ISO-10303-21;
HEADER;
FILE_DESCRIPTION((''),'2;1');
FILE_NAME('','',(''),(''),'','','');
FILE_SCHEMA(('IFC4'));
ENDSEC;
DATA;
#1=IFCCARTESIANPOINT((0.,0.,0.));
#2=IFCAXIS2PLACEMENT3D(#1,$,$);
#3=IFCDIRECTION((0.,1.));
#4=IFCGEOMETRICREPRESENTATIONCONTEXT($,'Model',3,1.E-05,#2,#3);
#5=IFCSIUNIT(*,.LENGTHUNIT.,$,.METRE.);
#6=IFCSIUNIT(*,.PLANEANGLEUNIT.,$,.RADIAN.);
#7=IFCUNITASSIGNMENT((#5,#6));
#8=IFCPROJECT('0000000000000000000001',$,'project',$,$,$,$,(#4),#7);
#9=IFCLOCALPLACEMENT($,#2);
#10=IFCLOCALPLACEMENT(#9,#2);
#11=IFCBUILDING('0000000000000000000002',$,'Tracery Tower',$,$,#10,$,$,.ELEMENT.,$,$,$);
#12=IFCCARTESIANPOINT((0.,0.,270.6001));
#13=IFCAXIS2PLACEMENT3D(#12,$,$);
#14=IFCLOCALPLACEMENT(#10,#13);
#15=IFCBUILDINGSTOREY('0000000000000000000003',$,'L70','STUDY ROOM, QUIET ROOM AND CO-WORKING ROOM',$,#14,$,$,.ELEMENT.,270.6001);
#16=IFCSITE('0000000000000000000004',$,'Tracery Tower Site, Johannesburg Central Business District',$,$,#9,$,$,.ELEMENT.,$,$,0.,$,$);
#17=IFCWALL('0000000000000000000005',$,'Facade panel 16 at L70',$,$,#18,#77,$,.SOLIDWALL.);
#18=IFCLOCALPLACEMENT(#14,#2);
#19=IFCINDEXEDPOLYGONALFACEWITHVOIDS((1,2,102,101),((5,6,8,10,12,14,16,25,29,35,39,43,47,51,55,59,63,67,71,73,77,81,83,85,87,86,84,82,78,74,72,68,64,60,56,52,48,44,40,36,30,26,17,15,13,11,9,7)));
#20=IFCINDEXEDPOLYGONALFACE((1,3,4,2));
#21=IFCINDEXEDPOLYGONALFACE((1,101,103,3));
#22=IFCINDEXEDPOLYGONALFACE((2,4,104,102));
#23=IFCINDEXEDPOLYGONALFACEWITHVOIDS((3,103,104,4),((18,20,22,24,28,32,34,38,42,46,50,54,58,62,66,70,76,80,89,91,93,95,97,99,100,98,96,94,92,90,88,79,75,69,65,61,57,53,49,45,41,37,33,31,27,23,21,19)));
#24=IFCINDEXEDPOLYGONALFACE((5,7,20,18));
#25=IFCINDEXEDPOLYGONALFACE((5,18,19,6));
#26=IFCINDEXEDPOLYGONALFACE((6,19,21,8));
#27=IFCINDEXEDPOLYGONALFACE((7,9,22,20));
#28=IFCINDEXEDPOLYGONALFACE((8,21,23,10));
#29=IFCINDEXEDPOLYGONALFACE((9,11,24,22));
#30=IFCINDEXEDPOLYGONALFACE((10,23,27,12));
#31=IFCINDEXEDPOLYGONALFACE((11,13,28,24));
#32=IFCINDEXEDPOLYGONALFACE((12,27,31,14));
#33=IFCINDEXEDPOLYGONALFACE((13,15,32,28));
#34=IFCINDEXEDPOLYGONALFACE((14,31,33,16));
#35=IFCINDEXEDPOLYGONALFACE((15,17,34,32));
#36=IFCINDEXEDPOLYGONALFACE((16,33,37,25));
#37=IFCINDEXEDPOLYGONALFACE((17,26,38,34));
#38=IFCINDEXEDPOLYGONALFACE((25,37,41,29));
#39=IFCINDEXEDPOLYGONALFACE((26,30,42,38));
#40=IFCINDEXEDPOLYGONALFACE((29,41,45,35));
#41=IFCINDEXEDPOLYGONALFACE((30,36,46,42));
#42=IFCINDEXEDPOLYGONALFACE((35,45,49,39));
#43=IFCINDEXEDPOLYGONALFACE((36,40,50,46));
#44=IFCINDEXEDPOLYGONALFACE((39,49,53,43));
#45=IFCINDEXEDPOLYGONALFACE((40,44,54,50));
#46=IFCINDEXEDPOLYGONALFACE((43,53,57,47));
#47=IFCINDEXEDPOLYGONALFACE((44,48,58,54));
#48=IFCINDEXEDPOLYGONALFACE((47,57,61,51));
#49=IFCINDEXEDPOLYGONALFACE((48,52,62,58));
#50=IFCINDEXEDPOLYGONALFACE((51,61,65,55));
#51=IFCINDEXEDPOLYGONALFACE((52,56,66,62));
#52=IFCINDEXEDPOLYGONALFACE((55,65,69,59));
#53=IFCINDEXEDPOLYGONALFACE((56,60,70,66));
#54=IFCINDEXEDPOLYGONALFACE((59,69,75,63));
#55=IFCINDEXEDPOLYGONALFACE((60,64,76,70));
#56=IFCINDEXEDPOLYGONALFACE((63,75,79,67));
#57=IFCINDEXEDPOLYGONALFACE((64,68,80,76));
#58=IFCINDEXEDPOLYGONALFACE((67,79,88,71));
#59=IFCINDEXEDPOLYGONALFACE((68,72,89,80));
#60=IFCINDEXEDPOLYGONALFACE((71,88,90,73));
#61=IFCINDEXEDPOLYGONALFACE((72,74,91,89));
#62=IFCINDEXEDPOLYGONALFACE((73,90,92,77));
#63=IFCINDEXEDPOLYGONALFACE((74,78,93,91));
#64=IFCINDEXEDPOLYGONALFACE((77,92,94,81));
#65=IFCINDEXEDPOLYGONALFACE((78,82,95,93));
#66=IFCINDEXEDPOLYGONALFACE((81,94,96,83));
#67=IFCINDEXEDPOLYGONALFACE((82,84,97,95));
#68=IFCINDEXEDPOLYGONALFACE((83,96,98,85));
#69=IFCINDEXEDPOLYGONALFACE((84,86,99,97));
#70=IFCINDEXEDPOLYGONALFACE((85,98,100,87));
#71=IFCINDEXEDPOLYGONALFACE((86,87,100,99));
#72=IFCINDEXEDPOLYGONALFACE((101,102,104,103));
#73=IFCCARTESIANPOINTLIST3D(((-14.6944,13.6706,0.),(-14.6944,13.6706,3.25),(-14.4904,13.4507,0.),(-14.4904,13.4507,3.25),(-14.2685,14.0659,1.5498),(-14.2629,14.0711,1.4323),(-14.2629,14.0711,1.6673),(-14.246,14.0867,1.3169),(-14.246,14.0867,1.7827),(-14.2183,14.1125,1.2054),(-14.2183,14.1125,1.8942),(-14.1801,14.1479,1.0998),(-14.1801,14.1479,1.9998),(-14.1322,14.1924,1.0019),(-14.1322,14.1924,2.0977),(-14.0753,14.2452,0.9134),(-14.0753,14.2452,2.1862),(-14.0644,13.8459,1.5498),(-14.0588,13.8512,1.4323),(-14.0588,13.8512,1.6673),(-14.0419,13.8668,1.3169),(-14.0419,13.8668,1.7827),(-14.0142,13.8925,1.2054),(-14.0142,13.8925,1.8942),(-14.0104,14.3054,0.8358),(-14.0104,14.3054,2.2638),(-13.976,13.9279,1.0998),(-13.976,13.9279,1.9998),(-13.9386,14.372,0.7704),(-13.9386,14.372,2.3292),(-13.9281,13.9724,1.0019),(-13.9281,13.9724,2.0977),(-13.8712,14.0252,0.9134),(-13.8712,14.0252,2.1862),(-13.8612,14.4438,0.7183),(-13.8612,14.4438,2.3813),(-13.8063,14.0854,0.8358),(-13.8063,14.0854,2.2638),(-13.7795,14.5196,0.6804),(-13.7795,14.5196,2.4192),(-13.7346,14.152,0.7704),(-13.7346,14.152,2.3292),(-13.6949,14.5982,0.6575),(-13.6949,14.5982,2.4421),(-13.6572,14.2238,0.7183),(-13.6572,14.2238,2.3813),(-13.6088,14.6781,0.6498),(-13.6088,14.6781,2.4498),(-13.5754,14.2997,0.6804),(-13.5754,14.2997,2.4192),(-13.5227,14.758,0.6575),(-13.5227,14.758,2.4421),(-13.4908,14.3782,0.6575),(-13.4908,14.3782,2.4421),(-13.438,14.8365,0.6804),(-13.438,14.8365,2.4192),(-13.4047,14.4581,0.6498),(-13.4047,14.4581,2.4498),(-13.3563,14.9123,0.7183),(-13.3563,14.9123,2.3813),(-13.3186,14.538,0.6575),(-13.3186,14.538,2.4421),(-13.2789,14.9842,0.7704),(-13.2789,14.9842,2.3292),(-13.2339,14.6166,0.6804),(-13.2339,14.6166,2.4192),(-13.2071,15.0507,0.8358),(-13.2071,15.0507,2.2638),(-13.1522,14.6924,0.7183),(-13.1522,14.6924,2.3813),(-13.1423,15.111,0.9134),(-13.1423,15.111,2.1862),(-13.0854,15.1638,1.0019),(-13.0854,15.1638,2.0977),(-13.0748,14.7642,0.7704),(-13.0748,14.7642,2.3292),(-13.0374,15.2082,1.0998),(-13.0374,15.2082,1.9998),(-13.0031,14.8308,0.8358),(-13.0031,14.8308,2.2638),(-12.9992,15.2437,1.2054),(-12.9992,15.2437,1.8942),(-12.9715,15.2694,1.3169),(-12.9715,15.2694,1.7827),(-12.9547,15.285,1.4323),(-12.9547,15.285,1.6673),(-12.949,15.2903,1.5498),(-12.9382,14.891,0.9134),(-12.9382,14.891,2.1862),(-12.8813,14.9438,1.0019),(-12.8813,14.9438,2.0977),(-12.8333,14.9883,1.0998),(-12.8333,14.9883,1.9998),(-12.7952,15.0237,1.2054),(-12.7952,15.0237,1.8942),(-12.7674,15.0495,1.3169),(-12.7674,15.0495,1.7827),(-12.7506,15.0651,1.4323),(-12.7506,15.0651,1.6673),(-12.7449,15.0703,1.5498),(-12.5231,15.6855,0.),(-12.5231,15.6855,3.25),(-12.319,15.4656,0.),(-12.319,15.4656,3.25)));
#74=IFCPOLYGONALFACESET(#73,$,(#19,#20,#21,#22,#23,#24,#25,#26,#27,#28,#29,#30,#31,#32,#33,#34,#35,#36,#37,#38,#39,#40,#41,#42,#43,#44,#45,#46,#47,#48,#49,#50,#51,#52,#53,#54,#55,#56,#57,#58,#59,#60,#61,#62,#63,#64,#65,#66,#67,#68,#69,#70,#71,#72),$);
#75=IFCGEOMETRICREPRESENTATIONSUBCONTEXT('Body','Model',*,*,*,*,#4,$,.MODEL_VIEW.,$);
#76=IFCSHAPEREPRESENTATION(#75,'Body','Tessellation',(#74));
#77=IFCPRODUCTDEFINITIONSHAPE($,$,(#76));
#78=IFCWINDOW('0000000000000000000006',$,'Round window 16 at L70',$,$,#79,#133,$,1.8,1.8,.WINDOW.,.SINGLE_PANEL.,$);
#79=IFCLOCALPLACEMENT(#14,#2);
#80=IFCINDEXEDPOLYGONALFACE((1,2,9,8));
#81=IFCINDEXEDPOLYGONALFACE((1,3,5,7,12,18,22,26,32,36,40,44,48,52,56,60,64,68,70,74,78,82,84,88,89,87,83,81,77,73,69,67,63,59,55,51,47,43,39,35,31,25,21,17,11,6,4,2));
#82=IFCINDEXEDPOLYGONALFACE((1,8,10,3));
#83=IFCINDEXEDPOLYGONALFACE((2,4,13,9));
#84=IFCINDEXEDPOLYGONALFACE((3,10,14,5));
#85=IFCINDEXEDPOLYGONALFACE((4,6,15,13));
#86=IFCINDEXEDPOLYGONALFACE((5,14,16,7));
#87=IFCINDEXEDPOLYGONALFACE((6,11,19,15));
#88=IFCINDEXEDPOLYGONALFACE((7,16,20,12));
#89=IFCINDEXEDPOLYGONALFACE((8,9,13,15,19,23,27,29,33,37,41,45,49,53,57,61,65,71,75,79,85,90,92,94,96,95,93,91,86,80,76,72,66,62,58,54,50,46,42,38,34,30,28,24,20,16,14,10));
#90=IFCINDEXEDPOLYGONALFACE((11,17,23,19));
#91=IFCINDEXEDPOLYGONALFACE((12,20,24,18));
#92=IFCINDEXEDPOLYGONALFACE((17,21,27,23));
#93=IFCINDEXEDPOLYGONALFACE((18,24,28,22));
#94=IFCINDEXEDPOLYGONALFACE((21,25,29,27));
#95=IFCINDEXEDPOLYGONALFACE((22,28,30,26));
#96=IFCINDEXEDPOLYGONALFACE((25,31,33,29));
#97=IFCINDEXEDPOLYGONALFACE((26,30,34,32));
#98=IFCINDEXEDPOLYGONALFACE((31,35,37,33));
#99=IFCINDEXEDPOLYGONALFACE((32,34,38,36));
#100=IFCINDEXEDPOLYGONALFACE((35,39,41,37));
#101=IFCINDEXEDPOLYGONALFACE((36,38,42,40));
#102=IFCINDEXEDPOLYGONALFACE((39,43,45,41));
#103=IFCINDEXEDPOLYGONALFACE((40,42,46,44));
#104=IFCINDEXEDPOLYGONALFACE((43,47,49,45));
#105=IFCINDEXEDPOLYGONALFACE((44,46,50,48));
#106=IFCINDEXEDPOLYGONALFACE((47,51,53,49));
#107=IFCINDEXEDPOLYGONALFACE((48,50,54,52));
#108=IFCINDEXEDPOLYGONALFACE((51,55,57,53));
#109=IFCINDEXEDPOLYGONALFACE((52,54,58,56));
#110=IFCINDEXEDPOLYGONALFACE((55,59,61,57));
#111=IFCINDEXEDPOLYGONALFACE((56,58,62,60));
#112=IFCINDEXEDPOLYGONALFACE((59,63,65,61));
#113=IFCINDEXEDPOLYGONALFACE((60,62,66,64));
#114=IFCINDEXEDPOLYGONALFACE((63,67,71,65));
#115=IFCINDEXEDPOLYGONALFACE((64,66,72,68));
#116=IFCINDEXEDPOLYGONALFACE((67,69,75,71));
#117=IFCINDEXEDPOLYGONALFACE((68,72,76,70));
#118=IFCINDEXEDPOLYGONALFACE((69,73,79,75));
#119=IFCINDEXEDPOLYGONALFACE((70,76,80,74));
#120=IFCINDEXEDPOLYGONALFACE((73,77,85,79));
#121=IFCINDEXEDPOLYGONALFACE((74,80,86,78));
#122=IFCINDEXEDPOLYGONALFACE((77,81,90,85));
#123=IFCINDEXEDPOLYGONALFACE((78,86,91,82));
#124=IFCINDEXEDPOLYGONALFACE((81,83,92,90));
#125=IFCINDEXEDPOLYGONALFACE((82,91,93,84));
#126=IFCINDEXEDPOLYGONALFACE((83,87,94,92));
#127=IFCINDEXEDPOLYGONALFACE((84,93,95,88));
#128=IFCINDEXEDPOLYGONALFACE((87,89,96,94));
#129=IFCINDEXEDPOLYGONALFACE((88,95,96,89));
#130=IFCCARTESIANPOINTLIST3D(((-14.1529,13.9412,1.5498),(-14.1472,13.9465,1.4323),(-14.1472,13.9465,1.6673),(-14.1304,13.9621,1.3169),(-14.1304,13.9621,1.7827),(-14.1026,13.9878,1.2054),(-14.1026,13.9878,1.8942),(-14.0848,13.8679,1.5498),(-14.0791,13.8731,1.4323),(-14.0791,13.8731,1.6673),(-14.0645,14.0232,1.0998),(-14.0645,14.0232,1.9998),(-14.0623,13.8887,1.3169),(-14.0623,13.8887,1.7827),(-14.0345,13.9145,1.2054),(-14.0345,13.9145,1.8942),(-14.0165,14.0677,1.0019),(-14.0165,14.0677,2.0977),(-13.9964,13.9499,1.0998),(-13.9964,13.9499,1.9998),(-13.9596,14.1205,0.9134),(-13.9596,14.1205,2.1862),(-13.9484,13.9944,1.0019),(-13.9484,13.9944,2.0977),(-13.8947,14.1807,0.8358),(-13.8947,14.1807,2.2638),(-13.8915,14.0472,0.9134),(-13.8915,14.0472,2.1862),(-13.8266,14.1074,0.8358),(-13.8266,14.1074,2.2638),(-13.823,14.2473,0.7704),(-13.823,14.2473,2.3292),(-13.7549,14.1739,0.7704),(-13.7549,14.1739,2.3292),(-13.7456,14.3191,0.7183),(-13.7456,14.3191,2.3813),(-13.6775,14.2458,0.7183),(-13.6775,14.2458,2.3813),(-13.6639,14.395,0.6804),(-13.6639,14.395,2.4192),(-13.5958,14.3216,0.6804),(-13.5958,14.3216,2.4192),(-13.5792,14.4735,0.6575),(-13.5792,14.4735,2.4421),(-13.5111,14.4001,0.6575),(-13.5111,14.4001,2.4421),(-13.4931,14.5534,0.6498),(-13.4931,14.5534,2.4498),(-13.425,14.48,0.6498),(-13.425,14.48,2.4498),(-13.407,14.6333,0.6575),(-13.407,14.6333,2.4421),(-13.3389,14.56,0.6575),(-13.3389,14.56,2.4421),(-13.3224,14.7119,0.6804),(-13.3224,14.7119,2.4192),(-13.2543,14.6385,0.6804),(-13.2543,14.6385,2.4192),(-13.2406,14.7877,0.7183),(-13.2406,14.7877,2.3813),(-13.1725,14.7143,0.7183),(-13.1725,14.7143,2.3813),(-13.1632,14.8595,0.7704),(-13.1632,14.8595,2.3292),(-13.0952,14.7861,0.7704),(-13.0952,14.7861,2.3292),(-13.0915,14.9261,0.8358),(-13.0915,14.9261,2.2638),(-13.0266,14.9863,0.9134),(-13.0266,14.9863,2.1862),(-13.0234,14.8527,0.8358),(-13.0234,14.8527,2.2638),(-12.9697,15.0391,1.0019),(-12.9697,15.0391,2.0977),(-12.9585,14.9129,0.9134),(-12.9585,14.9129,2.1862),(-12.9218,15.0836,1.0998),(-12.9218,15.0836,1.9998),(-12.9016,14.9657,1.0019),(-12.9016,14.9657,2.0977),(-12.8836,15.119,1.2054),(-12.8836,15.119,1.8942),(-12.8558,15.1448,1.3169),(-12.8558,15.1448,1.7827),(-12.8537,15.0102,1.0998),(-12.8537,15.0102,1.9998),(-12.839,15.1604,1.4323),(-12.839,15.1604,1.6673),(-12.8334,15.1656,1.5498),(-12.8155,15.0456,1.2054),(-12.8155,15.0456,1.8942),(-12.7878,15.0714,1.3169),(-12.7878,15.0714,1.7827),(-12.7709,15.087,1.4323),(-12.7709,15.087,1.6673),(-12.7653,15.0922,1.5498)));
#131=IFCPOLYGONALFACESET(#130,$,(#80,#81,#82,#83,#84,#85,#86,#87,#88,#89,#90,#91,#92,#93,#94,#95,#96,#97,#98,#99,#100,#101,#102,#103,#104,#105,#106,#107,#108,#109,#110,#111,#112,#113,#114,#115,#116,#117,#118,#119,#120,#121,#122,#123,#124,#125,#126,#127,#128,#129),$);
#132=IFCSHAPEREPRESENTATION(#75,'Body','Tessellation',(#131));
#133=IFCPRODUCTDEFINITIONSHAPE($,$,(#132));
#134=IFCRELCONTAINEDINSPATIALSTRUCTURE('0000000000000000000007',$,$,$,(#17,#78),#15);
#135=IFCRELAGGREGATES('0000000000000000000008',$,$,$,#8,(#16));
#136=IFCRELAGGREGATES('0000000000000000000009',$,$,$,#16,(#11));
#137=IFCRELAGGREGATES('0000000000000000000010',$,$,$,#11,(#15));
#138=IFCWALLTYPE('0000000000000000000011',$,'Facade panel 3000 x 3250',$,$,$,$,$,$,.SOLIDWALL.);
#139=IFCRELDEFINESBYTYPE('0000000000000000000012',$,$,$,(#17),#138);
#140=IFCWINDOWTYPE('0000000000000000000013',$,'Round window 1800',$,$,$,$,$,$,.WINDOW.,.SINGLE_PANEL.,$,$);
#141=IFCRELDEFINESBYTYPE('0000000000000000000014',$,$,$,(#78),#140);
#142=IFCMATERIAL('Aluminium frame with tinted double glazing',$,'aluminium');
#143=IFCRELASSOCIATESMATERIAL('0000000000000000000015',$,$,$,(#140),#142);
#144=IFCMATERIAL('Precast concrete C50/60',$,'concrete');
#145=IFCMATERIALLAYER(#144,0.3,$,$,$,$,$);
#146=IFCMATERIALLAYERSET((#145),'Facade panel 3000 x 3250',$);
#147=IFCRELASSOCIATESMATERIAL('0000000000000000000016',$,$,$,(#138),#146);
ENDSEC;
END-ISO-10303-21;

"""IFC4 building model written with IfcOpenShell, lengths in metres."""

from ifc_helpers import new_model, si_unit, direction, frame, frame_2d, origin, origin_2d, place, context, subcontext, project, spatial, rectangle, circle, extrude, material, layer, layer_set, type_object, element, fill, save


model = new_model("IFC4")

# Units and contexts
model_context = context("Model", 3, precision=1e-05, world=origin(), true_north=direction((0.0, 1.0)))
body_context = subcontext(model_context, "Body", "Model", "MODEL_VIEW")
ifc_project = project(units=[si_unit("LENGTHUNIT", "METRE"), si_unit("PLANEANGLEUNIT", "RADIAN")], contexts=[model_context])

# Site, building, storey
site_placement = place(None, origin())
site = spatial("IfcSite", under=ifc_project, at=site_placement, Name="Tracery Tower Site, Johannesburg Central Business District", CompositionType="ELEMENT", RefElevation=0.0)
building_placement = place(site_placement, origin())
building = spatial("IfcBuilding", under=site, at=building_placement, Name="Tracery Tower", CompositionType="ELEMENT")
storey_placement = place(building_placement, frame((0.0, 0.0, 270.6001)))
storey = spatial("IfcBuildingStorey", under=building, at=storey_placement, Name="L70", Description="STUDY ROOM, QUIET ROOM AND CO-WORKING ROOM", CompositionType="ELEMENT", Elevation=270.6001)

# Wall, opening, window
ifc_material_1 = material(Name="Aluminium frame with tinted double glazing", Category="aluminium")
window_type = type_object("IfcWindowType", Name="Round window 1800", PartitioningType="SINGLE_PANEL", PredefinedType="WINDOW", material=ifc_material_1)
ifc_material_2 = material(Name="Precast concrete C50/60", Category="concrete")
ifc_layer_1 = layer(ifc_material_2, 0.3)
ifc_layer_set_1 = layer_set([ifc_layer_1], Name="Facade panel 3000 x 3250")
wall_type_1 = type_object("IfcWallType", Name="Facade panel 3000 x 3250", PredefinedType="SOLIDWALL", material=ifc_layer_set_1)
wall_1_placement = place(storey_placement, frame((-12.4211, 15.5754, 0.0), z_axis=(0.0, 0.0, 1.0), x_axis=(-0.733028, -0.680198, 0.0)))
wall_1 = element("IfcWall", 1, at=wall_1_placement, inside=storey, type_object=wall_type_1, Name="Facade panel 16 at L70", PredefinedType="SOLIDWALL", context=body_context, shape_type="SweptSolid", body=[
    extrude(rectangle(XDim=2.9622, YDim=0.3, at=frame_2d((1.481, 0.0))), origin(), (0.0, 0.0, 1.0), 3.25),
])
opening_1_placement = place(wall_1_placement, frame((1.481, 0.0, 1.5498)))
opening_1 = element("IfcOpeningElement", 2, at=opening_1_placement, cuts=wall_1, PredefinedType="OPENING", context=body_context, shape_type="SweptSolid", body=[
    extrude(circle(Radius=0.9, at=origin_2d()), frame((0.0, 0.1599, 0.0), z_axis=(0.0, -1.0, 0.0), x_axis=(1.0, 0.0, 0.0)), (0.0, 0.0, 1.0), 0.3201),
])
window_1_placement = place(opening_1_placement, origin())
window_1 = element("IfcWindow", 3, at=window_1_placement, inside=storey, type_object=window_type, Name="Round window 16 at L70", OverallHeight=1.8, OverallWidth=1.8, PartitioningType="SINGLE_PANEL", PredefinedType="WINDOW", context=body_context, shape_type="SweptSolid", body=[
    extrude(circle(Radius=0.9, at=origin_2d()), frame((0.0, 0.1201, 0.0), z_axis=(0.0, -1.0, 0.0), x_axis=(1.0, 0.0, 0.0)), (0.0, 0.0, 1.0), 0.1001),
])
fill(opening_1, window_1)

save(model, "model.ifc")
